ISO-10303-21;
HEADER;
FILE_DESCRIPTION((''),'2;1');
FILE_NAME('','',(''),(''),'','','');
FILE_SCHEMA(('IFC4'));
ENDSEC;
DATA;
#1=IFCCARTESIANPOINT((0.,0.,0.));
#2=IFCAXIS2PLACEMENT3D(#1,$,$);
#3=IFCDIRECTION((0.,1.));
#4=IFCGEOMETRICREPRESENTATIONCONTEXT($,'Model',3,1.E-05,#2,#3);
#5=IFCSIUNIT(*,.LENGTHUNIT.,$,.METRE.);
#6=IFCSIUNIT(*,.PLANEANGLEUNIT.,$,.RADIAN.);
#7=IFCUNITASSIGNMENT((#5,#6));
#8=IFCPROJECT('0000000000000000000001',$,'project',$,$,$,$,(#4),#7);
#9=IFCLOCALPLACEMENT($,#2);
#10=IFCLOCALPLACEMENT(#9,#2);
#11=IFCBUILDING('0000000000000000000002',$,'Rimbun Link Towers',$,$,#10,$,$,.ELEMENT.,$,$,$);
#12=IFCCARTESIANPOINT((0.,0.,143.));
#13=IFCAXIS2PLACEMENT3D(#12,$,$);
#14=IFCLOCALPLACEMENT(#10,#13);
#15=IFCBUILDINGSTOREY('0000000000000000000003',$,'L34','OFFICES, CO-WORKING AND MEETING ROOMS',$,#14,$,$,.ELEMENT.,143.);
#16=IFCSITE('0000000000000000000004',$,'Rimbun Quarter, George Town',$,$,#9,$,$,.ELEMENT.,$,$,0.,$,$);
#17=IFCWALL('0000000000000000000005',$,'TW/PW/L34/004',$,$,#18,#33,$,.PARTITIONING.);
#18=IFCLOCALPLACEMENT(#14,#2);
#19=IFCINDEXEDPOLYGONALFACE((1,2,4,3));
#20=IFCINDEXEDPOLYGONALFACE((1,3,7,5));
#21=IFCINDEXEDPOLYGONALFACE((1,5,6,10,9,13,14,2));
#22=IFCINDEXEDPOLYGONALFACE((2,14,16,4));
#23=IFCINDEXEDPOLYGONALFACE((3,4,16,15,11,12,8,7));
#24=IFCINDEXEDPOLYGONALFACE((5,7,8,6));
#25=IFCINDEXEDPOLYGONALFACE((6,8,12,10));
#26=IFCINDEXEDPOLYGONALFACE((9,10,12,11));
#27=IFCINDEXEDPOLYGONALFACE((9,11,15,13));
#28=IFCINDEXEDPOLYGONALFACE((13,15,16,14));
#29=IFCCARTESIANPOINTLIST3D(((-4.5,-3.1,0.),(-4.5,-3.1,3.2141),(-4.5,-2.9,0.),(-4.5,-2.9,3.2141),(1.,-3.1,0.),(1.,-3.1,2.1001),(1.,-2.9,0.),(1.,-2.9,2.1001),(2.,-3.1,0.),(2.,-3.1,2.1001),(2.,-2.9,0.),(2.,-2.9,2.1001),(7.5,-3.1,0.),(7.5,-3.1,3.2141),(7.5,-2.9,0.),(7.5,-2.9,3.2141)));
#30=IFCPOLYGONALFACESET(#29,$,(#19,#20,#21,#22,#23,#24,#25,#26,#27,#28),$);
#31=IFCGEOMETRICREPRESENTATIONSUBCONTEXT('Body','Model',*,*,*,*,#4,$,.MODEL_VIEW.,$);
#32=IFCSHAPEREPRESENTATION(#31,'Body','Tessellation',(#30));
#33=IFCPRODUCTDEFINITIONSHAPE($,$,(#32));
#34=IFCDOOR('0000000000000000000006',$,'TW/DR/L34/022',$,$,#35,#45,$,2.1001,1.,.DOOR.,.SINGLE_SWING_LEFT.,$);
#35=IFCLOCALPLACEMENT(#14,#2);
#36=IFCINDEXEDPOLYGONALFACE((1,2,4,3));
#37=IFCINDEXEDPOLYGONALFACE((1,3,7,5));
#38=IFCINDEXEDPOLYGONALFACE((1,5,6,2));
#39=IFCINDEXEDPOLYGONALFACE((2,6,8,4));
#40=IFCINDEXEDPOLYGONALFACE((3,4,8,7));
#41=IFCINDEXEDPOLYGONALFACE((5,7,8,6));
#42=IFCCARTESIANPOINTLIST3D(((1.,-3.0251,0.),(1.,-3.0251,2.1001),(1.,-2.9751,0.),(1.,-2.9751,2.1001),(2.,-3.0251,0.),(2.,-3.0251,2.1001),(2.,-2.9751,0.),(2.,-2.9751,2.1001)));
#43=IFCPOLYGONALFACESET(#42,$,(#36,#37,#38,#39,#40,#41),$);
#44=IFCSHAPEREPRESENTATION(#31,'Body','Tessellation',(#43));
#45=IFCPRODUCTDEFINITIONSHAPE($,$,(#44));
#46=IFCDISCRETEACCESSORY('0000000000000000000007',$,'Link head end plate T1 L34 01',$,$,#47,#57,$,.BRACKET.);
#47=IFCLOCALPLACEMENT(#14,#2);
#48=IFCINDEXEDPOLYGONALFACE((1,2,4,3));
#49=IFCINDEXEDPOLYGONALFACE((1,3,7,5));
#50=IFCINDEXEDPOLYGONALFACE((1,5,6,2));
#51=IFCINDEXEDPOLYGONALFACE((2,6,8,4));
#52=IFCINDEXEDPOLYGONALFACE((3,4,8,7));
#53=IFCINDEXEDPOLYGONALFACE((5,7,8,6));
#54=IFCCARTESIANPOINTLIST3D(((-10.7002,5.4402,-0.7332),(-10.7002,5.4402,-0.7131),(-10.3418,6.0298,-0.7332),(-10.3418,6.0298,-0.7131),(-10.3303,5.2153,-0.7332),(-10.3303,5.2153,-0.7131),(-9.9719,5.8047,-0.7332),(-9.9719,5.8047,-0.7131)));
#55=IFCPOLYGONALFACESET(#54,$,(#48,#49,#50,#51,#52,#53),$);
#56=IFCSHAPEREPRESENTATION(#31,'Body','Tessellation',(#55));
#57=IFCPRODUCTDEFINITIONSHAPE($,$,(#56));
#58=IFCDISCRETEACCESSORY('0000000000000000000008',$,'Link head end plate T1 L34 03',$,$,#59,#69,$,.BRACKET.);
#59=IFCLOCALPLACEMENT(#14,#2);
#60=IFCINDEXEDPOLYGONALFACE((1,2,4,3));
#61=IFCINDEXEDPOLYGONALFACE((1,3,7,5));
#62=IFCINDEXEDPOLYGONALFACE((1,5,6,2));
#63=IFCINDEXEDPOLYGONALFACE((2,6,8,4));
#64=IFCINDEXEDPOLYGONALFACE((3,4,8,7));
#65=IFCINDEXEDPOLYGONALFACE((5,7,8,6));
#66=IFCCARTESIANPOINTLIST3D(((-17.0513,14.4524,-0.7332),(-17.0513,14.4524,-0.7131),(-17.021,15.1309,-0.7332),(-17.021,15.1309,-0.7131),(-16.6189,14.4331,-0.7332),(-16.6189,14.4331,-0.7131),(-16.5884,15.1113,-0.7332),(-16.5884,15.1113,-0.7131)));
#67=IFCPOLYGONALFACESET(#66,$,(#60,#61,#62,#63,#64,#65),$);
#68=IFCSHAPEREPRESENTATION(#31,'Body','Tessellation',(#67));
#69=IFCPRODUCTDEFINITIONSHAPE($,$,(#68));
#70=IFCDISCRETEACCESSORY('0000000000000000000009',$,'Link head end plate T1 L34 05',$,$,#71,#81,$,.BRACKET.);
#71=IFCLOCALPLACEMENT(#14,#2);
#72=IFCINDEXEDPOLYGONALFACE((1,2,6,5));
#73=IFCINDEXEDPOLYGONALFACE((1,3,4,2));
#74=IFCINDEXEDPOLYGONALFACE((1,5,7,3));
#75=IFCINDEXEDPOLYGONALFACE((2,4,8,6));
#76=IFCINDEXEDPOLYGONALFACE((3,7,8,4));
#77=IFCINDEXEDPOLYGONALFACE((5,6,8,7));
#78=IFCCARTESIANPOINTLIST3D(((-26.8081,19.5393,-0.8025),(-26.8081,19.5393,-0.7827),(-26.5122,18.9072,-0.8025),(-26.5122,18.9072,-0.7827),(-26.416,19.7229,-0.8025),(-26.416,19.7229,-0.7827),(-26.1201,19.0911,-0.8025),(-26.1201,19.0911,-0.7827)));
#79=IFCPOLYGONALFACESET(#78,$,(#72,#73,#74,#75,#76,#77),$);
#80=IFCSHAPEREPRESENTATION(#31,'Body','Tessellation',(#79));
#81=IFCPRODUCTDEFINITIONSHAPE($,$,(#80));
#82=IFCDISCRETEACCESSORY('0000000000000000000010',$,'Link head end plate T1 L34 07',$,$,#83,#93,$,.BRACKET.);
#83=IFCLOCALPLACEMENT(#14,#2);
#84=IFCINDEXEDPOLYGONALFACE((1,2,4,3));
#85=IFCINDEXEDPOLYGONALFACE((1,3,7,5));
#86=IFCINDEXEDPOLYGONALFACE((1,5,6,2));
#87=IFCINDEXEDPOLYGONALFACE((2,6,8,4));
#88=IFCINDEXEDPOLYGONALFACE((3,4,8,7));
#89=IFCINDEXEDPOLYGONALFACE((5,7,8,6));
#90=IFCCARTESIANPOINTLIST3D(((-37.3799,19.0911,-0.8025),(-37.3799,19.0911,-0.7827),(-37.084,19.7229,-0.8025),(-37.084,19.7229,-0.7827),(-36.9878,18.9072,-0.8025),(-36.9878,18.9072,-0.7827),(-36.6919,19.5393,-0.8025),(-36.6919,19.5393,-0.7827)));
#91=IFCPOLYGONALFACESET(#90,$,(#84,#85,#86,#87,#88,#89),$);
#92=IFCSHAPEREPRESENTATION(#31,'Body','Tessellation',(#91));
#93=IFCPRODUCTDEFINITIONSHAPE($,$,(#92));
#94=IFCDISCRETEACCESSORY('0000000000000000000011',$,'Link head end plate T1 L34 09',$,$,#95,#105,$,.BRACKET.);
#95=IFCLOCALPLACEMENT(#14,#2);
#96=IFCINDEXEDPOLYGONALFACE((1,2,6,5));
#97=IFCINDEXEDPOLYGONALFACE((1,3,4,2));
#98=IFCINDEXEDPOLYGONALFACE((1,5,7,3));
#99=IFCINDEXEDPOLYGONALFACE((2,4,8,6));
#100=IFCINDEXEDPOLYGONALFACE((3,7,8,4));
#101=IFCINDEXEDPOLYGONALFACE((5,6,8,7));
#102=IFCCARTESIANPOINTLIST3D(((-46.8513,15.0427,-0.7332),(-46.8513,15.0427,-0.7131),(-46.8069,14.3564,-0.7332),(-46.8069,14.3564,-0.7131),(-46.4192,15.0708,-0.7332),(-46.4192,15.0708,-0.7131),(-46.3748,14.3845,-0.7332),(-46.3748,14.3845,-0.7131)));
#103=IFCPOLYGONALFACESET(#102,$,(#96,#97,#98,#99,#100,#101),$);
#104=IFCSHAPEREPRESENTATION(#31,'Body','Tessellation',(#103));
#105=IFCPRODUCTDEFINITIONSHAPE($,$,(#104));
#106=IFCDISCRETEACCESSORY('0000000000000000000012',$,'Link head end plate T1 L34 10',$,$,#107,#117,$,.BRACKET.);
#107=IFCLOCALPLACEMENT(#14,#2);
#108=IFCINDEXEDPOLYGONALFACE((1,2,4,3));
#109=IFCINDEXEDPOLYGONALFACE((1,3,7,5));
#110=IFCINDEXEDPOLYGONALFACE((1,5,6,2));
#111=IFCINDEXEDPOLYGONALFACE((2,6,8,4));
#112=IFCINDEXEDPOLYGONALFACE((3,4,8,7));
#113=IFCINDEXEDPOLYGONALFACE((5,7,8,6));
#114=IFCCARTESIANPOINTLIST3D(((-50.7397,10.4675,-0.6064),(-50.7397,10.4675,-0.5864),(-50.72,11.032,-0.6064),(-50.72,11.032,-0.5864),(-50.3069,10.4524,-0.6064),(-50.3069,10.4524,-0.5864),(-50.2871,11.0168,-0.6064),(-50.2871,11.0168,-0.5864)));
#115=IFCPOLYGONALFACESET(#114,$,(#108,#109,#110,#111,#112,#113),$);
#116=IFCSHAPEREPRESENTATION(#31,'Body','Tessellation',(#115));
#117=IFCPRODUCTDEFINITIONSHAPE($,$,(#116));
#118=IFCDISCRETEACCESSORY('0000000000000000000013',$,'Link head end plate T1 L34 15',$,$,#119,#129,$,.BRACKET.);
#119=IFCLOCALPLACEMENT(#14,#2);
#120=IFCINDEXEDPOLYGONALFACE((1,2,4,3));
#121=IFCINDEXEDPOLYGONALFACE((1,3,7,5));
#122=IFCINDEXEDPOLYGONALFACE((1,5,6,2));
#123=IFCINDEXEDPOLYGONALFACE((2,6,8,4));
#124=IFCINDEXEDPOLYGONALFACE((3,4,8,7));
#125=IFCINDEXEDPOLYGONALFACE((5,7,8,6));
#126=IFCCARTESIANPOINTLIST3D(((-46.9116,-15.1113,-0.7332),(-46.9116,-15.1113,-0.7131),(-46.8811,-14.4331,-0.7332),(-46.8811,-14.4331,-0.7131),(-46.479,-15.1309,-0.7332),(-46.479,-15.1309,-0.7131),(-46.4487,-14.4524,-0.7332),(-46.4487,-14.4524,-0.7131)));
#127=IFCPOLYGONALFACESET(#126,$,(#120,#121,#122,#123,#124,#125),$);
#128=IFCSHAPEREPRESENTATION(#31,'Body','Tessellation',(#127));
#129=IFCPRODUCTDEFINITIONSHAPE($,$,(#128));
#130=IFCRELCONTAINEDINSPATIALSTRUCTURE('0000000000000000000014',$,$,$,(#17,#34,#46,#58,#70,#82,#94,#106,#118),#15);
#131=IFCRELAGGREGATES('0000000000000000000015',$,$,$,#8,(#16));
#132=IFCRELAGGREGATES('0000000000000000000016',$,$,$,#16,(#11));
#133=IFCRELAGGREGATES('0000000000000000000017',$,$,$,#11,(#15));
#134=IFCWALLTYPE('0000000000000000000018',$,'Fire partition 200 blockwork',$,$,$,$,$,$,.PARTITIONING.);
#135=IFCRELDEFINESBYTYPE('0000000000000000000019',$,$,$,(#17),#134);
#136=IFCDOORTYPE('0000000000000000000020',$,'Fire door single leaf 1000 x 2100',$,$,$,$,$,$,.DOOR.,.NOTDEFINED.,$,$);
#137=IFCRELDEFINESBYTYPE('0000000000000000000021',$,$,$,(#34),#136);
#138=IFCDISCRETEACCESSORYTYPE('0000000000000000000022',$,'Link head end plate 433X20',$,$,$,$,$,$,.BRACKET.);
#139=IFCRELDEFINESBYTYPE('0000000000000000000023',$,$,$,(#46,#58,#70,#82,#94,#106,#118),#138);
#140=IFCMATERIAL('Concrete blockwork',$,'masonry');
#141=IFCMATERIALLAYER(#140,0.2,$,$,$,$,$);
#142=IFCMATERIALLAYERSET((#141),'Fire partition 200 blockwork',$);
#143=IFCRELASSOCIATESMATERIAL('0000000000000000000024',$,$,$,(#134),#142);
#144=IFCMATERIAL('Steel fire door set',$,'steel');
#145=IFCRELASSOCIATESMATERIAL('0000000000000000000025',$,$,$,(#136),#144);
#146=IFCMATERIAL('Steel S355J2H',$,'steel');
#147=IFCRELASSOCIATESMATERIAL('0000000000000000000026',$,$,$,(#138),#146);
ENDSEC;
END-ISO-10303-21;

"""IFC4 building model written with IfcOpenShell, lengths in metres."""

from ifc_helpers import new_model, si_unit, direction, frame, frame_2d, origin, origin_2d, place, context, subcontext, project, spatial, polyline, rectangle, outline, extrude, material, layer, layer_set, material_profile, profile_set, type_object, element, fill, save


model = new_model("IFC4")

# Units and contexts
model_context = context("Model", 3, precision=1e-05, world=origin(), true_north=direction((0.0, 1.0)))
body_context = subcontext(model_context, "Body", "Model", "MODEL_VIEW")
ifc_project = project(units=[si_unit("LENGTHUNIT", "METRE"), si_unit("PLANEANGLEUNIT", "RADIAN")], contexts=[model_context])

# Site, building, storey
site_placement = place(None, origin())
site = spatial("IfcSite", under=ifc_project, at=site_placement, Name="Rimbun Quarter, George Town", CompositionType="ELEMENT", RefElevation=0.0)
building_placement = place(site_placement, origin())
building = spatial("IfcBuilding", under=site, at=building_placement, Name="Rimbun Link Towers", CompositionType="ELEMENT")
storey_placement = place(building_placement, frame((0.0, 0.0, 143.0)))
storey = spatial("IfcBuildingStorey", under=building, at=storey_placement, Name="L34", Description="OFFICES, CO-WORKING AND MEETING ROOMS", CompositionType="ELEMENT", Elevation=143.0)

# Wall, opening, door
ifc_material_1 = material(Name="Concrete blockwork", Category="masonry")
ifc_layer_1 = layer(ifc_material_1, 0.2)
ifc_layer_set_1 = layer_set([ifc_layer_1], Name="Fire partition 200 blockwork")
wall_type_1 = type_object("IfcWallType", Name="Fire partition 200 blockwork", PredefinedType="PARTITIONING", material=ifc_layer_set_1)
wall_1_placement = place(storey_placement, frame((-4.5, -3.0, 0.0), z_axis=(0.0, 0.0, 1.0), x_axis=(1.0, 0.0, 0.0)))
wall_1 = element("IfcWall", 1, at=wall_1_placement, inside=storey, type_object=wall_type_1, Name="TW/PW/L34/004", PredefinedType="PARTITIONING", context=body_context, shape_type="SweptSolid", body=[
    extrude(rectangle(XDim=12.0, YDim=0.2, at=frame_2d((6.0, 0.0))), origin(), (0.0, 0.0, 1.0), 3.2141),
])
opening_1_placement = place(wall_1_placement, frame((5.5, 0.0, 0.0)))
opening_1 = element("IfcOpeningElement", 2, at=opening_1_placement, cuts=wall_1, PredefinedType="OPENING", context=body_context, shape_type="SweptSolid", body=[
    extrude(rectangle(XDim=1.0, YDim=2.1001, at=frame_2d((0.5, 1.05))), frame((0.0, 0.1099, 0.0), z_axis=(0.0, -1.0, 0.0), x_axis=(1.0, 0.0, 0.0)), (0.0, 0.0, 1.0), 0.22),
])
ifc_material_2 = material(Name="Steel fire door set", Category="steel")
door_type_1 = type_object("IfcDoorType", Name="Fire door single leaf 1000 x 2100", OperationType="NOTDEFINED", PredefinedType="DOOR", material=ifc_material_2)
door_1_placement = place(opening_1_placement, origin())
door_1 = element("IfcDoor", 3, at=door_1_placement, inside=storey, type_object=door_type_1, Name="TW/DR/L34/022", OperationType="SINGLE_SWING_LEFT", OverallHeight=2.1001, OverallWidth=1.0, PredefinedType="DOOR", context=body_context, shape_type="SweptSolid", body=[
    extrude(rectangle(XDim=1.0, YDim=2.1001, at=frame_2d((0.5, 1.05))), frame((0.0, 0.0249, 0.0), z_axis=(0.0, -1.0, 0.0), x_axis=(1.0, 0.0, 0.0)), (0.0, 0.0, 1.0), 0.05),
])
fill(opening_1, door_1)

# Discrete accessories
ifc_material_3 = material(Name="Steel S355J2H", Category="steel")
ifc_material_profile_1 = material_profile(ifc_material_3, rectangle(XDim=0.4331, YDim=0.4331, at=origin_2d()), Name="PL 433x433")
ifc_profile_set_1 = profile_set([ifc_material_profile_1], Name="Steel S355J2H")
discrete_accessory_type = type_object("IfcDiscreteAccessoryType", Name="Link head end plate 433X20", PredefinedType="BRACKET", material=ifc_profile_set_1)
discrete_accessory_1_placement = place(storey_placement, frame((0.0, 0.0, -0.7332)))
element("IfcDiscreteAccessory", 4, at=discrete_accessory_1_placement, inside=storey, type_object=discrete_accessory_type, Name="Link head end plate T1 L34 01", PredefinedType="BRACKET", context=body_context, shape_type="SweptSolid", body=[
    extrude(outline(polyline([(-10.3303, 5.2153), (-9.9719, 5.8047), (-10.3418, 6.0298), (-10.7002, 5.4402), (-10.3303, 5.2153)])), origin(), (0.0, 0.0, 1.0), 0.02),
])
discrete_accessory_2_placement = place(storey_placement, frame((0.0, 0.0, -0.7332)))
element("IfcDiscreteAccessory", 5, at=discrete_accessory_2_placement, inside=storey, type_object=discrete_accessory_type, Name="Link head end plate T1 L34 03", PredefinedType="BRACKET", context=body_context, shape_type="SweptSolid", body=[
    extrude(outline(polyline([(-16.6189, 14.4331), (-16.5884, 15.1113), (-17.021, 15.1309), (-17.0513, 14.4524), (-16.6189, 14.4331)])), origin(), (0.0, 0.0, 1.0), 0.02),
])
discrete_accessory_3_placement = place(storey_placement, frame((0.0, 0.0, -0.8025)))
element("IfcDiscreteAccessory", 6, at=discrete_accessory_3_placement, inside=storey, type_object=discrete_accessory_type, Name="Link head end plate T1 L34 05", PredefinedType="BRACKET", context=body_context, shape_type="SweptSolid", body=[
    extrude(outline(polyline([(-26.1201, 19.0911), (-26.416, 19.7229), (-26.8081, 19.5393), (-26.5122, 18.9072), (-26.1201, 19.0911)])), origin(), (0.0, 0.0, 1.0), 0.0198),
])
discrete_accessory_4_placement = place(storey_placement, frame((0.0, 0.0, -0.8025)))
element("IfcDiscreteAccessory", 7, at=discrete_accessory_4_placement, inside=storey, type_object=discrete_accessory_type, Name="Link head end plate T1 L34 07", PredefinedType="BRACKET", context=body_context, shape_type="SweptSolid", body=[
    extrude(outline(polyline([(-36.9878, 18.9072), (-36.6919, 19.5393), (-37.084, 19.7229), (-37.3799, 19.0911), (-36.9878, 18.9072)])), origin(), (0.0, 0.0, 1.0), 0.0198),
])
discrete_accessory_5_placement = place(storey_placement, frame((0.0, 0.0, -0.7332)))
element("IfcDiscreteAccessory", 8, at=discrete_accessory_5_placement, inside=storey, type_object=discrete_accessory_type, Name="Link head end plate T1 L34 09", PredefinedType="BRACKET", context=body_context, shape_type="SweptSolid", body=[
    extrude(outline(polyline([(-46.3748, 14.3845), (-46.4192, 15.0708), (-46.8513, 15.0427), (-46.8069, 14.3564), (-46.3748, 14.3845)])), origin(), (0.0, 0.0, 1.0), 0.02),
])
discrete_accessory_6_placement = place(storey_placement, frame((0.0, 0.0, -0.6064)))
element("IfcDiscreteAccessory", 9, at=discrete_accessory_6_placement, inside=storey, type_object=discrete_accessory_type, Name="Link head end plate T1 L34 10", PredefinedType="BRACKET", context=body_context, shape_type="SweptSolid", body=[
    extrude(outline(polyline([(-50.3069, 10.4524), (-50.2871, 11.0168), (-50.72, 11.032), (-50.7397, 10.4675), (-50.3069, 10.4524)])), origin(), (0.0, 0.0, 1.0), 0.02),
])
discrete_accessory_7_placement = place(storey_placement, frame((0.0, 0.0, -0.7332)))
element("IfcDiscreteAccessory", 10, at=discrete_accessory_7_placement, inside=storey, type_object=discrete_accessory_type, Name="Link head end plate T1 L34 15", PredefinedType="BRACKET", context=body_context, shape_type="SweptSolid", body=[
    extrude(outline(polyline([(-46.8811, -14.4331), (-46.9116, -15.1113), (-46.479, -15.1309), (-46.4487, -14.4524), (-46.8811, -14.4331)])), origin(), (0.0, 0.0, 1.0), 0.02),
])

save(model, "model.ifc")
